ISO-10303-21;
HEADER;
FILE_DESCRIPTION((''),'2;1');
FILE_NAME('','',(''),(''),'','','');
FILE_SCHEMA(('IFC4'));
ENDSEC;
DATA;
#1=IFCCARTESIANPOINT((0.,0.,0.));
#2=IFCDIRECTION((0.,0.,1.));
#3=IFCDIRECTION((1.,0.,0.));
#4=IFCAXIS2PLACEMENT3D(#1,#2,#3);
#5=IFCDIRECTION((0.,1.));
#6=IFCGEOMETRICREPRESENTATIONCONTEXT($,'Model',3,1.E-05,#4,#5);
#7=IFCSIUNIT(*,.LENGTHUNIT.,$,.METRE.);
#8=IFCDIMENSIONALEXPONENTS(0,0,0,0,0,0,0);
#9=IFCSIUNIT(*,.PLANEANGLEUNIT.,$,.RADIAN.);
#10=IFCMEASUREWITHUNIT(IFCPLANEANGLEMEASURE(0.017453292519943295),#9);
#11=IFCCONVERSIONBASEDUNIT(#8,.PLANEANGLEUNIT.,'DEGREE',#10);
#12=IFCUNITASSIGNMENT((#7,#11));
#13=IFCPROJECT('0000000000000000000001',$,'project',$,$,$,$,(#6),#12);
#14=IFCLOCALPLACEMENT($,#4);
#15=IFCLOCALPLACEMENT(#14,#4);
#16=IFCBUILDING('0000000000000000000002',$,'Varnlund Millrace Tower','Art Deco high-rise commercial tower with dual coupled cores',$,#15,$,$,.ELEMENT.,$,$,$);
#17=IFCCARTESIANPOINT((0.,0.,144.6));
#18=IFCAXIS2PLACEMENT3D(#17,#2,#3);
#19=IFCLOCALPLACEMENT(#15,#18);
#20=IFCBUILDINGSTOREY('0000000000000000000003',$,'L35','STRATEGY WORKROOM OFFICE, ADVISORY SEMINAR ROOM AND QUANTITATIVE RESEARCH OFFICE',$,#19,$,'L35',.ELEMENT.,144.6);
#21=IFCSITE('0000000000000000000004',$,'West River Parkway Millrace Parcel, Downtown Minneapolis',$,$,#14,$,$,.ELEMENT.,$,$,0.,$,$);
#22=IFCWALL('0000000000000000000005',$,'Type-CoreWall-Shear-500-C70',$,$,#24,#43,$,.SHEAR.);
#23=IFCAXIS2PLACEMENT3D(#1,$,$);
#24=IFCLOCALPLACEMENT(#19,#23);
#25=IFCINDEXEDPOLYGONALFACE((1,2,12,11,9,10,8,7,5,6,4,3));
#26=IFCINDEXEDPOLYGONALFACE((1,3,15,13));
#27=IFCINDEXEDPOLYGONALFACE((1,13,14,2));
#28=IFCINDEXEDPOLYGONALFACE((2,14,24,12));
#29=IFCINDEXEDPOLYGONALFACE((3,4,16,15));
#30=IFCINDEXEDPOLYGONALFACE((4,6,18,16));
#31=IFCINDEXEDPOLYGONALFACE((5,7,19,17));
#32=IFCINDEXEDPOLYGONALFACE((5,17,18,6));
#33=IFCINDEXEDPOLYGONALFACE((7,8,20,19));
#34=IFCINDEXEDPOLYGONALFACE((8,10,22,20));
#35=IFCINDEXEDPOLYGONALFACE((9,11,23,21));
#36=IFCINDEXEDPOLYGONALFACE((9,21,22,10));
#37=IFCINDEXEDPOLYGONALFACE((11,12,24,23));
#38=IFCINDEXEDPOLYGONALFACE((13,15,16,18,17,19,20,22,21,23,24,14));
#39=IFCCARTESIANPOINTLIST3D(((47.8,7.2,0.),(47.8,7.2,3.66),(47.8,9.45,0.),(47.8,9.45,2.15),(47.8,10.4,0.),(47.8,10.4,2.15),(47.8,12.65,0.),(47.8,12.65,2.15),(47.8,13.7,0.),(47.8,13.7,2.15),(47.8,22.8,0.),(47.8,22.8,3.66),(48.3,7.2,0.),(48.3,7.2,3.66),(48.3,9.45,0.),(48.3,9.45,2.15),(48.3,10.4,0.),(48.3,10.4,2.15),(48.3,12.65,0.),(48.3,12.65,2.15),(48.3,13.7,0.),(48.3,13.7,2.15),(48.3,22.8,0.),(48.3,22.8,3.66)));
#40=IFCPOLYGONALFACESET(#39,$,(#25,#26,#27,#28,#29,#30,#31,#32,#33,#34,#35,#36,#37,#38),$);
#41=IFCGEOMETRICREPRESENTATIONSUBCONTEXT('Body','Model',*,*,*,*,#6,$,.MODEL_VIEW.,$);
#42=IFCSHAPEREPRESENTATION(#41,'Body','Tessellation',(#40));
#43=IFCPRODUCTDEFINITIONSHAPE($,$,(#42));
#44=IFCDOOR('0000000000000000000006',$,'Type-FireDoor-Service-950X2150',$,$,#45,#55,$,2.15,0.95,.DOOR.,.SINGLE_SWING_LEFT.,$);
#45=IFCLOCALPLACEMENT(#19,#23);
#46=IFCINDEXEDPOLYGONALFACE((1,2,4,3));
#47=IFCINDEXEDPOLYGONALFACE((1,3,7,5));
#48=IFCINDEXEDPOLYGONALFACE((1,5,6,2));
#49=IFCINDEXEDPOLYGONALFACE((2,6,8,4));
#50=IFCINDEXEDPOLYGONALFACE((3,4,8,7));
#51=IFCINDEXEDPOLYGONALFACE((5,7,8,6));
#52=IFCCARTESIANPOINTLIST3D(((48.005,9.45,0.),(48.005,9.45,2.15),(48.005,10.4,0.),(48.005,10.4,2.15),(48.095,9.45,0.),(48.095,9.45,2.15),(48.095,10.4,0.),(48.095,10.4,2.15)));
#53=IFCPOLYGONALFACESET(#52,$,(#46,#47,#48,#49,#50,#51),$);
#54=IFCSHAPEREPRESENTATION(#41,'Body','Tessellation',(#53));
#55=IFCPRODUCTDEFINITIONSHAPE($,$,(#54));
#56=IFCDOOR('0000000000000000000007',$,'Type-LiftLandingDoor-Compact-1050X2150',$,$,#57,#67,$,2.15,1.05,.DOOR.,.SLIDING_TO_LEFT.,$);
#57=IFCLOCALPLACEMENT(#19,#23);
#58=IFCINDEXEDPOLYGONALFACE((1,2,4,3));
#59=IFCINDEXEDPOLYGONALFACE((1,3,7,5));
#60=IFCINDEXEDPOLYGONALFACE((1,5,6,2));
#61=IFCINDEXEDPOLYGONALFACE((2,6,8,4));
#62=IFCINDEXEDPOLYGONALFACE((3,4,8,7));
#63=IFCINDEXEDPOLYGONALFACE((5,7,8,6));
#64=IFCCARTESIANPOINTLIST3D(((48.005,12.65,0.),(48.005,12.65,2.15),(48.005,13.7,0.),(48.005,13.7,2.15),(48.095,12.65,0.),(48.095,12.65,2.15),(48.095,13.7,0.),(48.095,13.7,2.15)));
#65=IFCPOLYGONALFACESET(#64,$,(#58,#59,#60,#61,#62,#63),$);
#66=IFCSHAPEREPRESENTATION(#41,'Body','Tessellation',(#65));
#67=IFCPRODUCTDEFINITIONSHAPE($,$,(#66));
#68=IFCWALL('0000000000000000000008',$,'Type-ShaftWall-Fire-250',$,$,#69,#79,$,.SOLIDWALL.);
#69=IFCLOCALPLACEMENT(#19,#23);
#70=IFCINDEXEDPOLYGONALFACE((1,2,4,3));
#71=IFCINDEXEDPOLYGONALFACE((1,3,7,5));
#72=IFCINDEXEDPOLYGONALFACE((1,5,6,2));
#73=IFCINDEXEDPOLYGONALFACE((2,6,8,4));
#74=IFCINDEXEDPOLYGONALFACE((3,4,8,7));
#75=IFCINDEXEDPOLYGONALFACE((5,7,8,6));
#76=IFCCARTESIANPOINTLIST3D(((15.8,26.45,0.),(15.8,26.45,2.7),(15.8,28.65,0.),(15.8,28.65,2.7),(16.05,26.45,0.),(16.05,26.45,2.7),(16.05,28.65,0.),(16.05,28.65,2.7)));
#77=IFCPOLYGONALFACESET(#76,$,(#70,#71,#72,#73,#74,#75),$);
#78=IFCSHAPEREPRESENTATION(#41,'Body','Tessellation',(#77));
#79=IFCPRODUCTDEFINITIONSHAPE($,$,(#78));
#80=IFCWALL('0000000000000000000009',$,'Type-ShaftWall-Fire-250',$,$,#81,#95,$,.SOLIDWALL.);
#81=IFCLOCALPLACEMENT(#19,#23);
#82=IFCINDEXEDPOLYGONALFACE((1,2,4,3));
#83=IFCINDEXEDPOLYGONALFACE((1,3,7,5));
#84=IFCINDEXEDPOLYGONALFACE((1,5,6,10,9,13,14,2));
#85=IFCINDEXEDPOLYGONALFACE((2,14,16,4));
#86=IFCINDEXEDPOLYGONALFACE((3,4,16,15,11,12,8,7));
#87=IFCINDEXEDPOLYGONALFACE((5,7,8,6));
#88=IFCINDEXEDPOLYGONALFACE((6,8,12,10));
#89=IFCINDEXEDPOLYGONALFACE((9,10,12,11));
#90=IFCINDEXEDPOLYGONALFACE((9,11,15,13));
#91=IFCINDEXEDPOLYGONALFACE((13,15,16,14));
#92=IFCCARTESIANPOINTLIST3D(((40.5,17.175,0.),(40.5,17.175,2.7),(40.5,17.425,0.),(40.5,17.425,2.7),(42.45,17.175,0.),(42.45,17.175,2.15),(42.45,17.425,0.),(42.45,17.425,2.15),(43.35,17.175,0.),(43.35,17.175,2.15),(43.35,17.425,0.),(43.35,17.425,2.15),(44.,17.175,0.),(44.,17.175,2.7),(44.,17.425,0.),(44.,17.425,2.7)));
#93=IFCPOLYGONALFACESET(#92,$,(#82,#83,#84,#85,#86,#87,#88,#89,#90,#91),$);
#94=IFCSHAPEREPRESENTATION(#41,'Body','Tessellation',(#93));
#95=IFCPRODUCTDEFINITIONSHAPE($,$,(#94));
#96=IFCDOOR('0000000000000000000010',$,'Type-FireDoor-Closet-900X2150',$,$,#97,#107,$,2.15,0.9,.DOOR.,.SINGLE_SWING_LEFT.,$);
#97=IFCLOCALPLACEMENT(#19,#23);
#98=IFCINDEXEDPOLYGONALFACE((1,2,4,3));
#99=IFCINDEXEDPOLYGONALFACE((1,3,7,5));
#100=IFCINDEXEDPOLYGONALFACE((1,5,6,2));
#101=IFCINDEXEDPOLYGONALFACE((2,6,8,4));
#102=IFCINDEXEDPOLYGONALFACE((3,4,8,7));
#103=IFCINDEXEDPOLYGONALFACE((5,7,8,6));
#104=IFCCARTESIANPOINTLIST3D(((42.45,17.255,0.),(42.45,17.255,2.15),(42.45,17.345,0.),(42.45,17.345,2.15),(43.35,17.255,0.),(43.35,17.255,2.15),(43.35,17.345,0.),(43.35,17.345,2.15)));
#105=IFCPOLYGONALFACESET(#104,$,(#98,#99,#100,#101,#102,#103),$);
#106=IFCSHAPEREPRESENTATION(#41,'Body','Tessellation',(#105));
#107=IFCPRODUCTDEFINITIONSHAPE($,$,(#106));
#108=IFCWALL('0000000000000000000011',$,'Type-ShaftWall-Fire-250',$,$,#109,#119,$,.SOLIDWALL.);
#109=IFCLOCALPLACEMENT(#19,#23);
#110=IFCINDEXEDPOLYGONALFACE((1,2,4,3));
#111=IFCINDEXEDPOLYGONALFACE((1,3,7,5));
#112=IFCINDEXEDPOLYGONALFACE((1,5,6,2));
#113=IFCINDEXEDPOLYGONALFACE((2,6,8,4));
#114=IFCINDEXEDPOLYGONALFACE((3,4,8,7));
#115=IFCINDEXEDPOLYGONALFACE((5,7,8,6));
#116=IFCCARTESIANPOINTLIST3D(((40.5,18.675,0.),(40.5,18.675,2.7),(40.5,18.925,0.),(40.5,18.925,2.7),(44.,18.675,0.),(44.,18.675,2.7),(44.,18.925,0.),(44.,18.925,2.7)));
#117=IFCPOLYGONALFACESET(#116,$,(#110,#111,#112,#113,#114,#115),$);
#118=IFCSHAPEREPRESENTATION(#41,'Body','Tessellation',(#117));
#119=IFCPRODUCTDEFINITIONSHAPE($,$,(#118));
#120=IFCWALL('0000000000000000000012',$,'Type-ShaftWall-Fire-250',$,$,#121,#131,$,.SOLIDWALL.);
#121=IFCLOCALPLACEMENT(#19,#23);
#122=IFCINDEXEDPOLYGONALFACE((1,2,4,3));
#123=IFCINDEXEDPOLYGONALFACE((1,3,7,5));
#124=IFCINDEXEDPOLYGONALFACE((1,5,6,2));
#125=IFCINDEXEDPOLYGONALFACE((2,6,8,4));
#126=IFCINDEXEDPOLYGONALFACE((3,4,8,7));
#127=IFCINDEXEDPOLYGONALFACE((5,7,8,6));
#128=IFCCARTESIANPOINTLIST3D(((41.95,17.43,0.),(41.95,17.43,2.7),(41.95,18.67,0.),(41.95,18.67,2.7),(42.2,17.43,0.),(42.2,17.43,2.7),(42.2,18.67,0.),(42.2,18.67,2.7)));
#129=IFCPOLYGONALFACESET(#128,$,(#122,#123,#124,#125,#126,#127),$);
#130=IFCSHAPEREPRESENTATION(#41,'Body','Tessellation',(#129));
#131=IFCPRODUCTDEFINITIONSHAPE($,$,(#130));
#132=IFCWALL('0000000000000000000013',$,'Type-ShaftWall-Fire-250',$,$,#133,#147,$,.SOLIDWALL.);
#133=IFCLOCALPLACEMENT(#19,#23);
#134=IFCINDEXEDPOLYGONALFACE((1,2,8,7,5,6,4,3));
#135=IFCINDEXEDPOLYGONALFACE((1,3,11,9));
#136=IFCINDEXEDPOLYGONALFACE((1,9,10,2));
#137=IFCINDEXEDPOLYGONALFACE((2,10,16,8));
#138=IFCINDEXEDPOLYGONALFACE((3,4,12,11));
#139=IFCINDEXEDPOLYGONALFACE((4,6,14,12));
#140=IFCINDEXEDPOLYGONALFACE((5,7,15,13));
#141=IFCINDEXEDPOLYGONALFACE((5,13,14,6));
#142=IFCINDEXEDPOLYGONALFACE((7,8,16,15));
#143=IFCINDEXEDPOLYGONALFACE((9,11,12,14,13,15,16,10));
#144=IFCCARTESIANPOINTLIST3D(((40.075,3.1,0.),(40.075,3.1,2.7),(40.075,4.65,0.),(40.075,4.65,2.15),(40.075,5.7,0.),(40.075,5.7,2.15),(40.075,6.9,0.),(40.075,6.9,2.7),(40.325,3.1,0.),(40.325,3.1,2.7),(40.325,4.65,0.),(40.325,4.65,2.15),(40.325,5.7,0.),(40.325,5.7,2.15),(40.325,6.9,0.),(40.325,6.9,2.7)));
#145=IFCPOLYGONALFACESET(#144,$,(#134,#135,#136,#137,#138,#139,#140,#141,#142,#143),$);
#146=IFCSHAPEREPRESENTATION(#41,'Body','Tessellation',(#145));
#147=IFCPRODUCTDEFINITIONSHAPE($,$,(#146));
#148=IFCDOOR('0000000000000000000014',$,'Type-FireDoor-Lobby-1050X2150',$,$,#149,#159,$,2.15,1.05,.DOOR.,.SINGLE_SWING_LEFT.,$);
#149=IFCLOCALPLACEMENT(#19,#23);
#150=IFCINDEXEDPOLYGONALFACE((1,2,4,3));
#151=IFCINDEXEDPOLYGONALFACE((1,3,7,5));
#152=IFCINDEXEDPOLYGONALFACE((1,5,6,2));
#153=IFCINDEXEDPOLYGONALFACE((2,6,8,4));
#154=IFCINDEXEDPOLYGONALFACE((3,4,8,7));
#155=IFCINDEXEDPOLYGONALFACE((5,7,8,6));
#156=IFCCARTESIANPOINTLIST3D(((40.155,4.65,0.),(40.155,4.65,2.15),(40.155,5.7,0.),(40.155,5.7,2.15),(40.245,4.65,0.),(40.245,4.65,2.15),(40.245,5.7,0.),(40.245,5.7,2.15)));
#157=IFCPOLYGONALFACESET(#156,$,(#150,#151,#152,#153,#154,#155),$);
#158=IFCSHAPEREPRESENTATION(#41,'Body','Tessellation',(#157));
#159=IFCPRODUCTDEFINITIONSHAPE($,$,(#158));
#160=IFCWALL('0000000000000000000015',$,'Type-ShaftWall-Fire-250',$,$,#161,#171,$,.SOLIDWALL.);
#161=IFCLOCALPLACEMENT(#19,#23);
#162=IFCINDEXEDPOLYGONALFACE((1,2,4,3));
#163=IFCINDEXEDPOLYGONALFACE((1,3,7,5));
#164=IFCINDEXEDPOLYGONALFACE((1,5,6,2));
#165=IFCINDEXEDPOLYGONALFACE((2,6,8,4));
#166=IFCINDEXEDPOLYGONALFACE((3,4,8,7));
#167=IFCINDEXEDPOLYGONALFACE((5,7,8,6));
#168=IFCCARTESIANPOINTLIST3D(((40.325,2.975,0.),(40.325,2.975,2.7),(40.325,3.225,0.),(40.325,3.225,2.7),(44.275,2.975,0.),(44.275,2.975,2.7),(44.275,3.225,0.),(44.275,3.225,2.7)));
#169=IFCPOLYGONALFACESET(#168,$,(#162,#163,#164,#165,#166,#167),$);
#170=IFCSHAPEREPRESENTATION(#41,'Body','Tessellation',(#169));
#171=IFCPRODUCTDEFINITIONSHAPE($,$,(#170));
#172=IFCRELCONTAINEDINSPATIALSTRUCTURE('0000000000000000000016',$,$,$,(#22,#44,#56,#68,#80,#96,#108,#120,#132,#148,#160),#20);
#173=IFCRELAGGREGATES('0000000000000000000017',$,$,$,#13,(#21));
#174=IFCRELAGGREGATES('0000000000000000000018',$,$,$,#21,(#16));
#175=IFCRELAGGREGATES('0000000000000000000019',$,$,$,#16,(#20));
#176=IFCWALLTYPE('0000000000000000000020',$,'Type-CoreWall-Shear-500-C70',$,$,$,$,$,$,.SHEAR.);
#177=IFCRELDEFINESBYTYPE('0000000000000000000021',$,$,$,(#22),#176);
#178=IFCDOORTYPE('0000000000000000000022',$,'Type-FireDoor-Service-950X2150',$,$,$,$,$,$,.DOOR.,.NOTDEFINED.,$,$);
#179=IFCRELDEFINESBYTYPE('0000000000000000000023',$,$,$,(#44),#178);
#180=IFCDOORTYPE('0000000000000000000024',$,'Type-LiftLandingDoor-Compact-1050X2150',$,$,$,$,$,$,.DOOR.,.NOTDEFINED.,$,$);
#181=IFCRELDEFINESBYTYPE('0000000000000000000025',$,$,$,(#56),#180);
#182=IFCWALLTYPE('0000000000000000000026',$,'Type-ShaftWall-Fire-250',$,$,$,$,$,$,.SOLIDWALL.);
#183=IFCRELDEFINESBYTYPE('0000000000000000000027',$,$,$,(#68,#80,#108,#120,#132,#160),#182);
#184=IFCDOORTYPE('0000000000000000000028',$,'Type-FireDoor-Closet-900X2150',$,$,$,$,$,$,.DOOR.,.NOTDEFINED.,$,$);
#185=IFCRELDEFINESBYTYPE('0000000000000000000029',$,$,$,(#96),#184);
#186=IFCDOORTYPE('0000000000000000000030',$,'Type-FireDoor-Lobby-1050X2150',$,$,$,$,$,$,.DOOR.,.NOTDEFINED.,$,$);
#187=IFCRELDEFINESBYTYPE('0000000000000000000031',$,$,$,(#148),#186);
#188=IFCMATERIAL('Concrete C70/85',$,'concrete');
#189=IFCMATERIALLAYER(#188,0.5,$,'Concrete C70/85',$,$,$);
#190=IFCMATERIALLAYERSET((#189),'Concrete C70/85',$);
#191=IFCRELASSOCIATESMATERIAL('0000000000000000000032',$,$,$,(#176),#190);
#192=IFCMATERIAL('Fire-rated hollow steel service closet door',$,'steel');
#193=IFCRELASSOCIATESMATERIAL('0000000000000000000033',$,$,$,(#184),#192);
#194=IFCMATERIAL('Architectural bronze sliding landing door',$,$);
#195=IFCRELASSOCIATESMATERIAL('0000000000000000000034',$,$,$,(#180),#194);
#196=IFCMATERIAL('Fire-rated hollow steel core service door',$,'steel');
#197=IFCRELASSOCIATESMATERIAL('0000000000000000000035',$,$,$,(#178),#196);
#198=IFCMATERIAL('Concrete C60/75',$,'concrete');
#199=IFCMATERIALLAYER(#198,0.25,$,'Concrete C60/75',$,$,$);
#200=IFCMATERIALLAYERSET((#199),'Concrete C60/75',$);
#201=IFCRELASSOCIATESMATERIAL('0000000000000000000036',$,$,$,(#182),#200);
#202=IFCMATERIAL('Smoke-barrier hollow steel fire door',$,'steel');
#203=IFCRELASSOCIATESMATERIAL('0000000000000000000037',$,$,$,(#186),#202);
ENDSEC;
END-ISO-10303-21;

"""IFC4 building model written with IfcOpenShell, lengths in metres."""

from ifc_helpers import new_model, entity, si_unit, converted_unit, direction, frame, origin_with_axes, origin_2d_with_axis, place, context, subcontext, project, spatial, polyline, rectangle, outline, extrude, material, layer, layer_set, type_object, element, fill, save


model = new_model("IFC4")

# Units and contexts
model_context = context("Model", 3, precision=1e-05, world=origin_with_axes(), true_north=direction((0.0, 1.0)))
body_context = subcontext(model_context, "Body", "Model", "MODEL_VIEW")
ifc_project = project(units=[si_unit("LENGTHUNIT", "METRE"), converted_unit("PLANEANGLEUNIT", "DEGREE", entity("IfcPlaneAngleMeasure", 0.017453292519943295), si_unit("PLANEANGLEUNIT", "RADIAN"), dimensions=[0, 0, 0, 0, 0, 0, 0])], contexts=[model_context])

# Site, building, storey
site_placement = place(None, origin_with_axes())
site = spatial("IfcSite", under=ifc_project, at=site_placement, Name="West River Parkway Millrace Parcel, Downtown Minneapolis", CompositionType="ELEMENT", RefElevation=0.0)
building_placement = place(site_placement, origin_with_axes())
building = spatial("IfcBuilding", under=site, at=building_placement, Name="Varnlund Millrace Tower", Description="Art Deco high-rise commercial tower with dual coupled cores", CompositionType="ELEMENT")
storey_placement = place(building_placement, frame((0.0, 0.0, 144.6), z_axis=(0.0, 0.0, 1.0), x_axis=(1.0, 0.0, 0.0)))
storey = spatial("IfcBuildingStorey", under=building, at=storey_placement, Name="L35", Description="STRATEGY WORKROOM OFFICE, ADVISORY SEMINAR ROOM AND QUANTITATIVE RESEARCH OFFICE", LongName="L35", CompositionType="ELEMENT", Elevation=144.6)

# Shared definitions
ifc_material_1 = material(Name="Concrete C70/85", Category="concrete")
ifc_layer_1 = layer(ifc_material_1, 0.5, Name="Concrete C70/85")
ifc_layer_set_1 = layer_set([ifc_layer_1], Name="Concrete C70/85")
wall_type_1 = type_object("IfcWallType", Name="Type-CoreWall-Shear-500-C70", PredefinedType="SHEAR", material=ifc_layer_set_1)
ifc_material_2 = material(Name="Fire-rated hollow steel service closet door", Category="steel")
door_type_1 = type_object("IfcDoorType", Name="Type-FireDoor-Closet-900X2150", OperationType="NOTDEFINED", PredefinedType="DOOR", material=ifc_material_2)
ifc_material_3 = material(Name="Architectural bronze sliding landing door")
door_type_2 = type_object("IfcDoorType", Name="Type-LiftLandingDoor-Compact-1050X2150", OperationType="NOTDEFINED", PredefinedType="DOOR", material=ifc_material_3)

# Wall, openings, doors
wall_1_placement = place(storey_placement, frame((48.05, 7.2, 0.0), z_axis=(0.0, 0.0, 1.0), x_axis=(0.0, 1.0, 0.0)))
wall_1 = element("IfcWall", 1, at=wall_1_placement, inside=storey, type_object=wall_type_1, Name="Type-CoreWall-Shear-500-C70", PredefinedType="SHEAR", context=body_context, shape_type="SweptSolid", body=[
    extrude(outline(polyline([(0.0, -0.25), (15.6, -0.25), (15.6, 0.25), (0.0, 0.25), (0.0, -0.25)])), origin_with_axes(), (0.0, 0.0, 1.0), 3.66),
])
opening_1_placement = place(wall_1_placement, frame((5.975, 0.0, 0.0), z_axis=(0.0, 0.0, 1.0), x_axis=(1.0, 0.0, 0.0)))
opening_1 = element("IfcOpeningElement", 2, at=opening_1_placement, cuts=wall_1, PredefinedType="OPENING", context=body_context, shape_type="SweptSolid", body=[
    extrude(rectangle(XDim=1.05, YDim=0.52, at=origin_2d_with_axis()), origin_with_axes(), (0.0, 0.0, 1.0), 2.15),
])
opening_2_placement = place(wall_1_placement, frame((2.725, 0.0, 0.0), z_axis=(0.0, 0.0, 1.0), x_axis=(1.0, 0.0, 0.0)))
opening_2 = element("IfcOpeningElement", 3, at=opening_2_placement, cuts=wall_1, PredefinedType="OPENING", context=body_context, shape_type="SweptSolid", body=[
    extrude(rectangle(XDim=0.95, YDim=0.52, at=origin_2d_with_axis()), origin_with_axes(), (0.0, 0.0, 1.0), 2.15),
])
ifc_material_4 = material(Name="Fire-rated hollow steel core service door", Category="steel")
door_type_3 = type_object("IfcDoorType", Name="Type-FireDoor-Service-950X2150", OperationType="NOTDEFINED", PredefinedType="DOOR", material=ifc_material_4)
door_1_placement = place(wall_1_placement, frame((2.725, 0.0, 0.0), z_axis=(0.0, 0.0, 1.0), x_axis=(1.0, 0.0, 0.0)))
door_1 = element("IfcDoor", 4, at=door_1_placement, inside=storey, type_object=door_type_3, Name="Type-FireDoor-Service-950X2150", OperationType="SINGLE_SWING_LEFT", OverallHeight=2.15, OverallWidth=0.95, PredefinedType="DOOR", context=body_context, shape_type="SweptSolid", body=[
    extrude(rectangle(XDim=0.95, YDim=0.09, at=origin_2d_with_axis()), origin_with_axes(), (0.0, 0.0, 1.0), 2.15),
])
fill(opening_2, door_1)
door_2_placement = place(wall_1_placement, frame((5.975, 0.0, 0.0), z_axis=(0.0, 0.0, 1.0), x_axis=(1.0, 0.0, 0.0)))
door_2 = element("IfcDoor", 5, at=door_2_placement, inside=storey, type_object=door_type_2, Name="Type-LiftLandingDoor-Compact-1050X2150", OperationType="SLIDING_TO_LEFT", OverallHeight=2.15, OverallWidth=1.05, PredefinedType="DOOR", context=body_context, shape_type="SweptSolid", body=[
    extrude(rectangle(XDim=1.05, YDim=0.09, at=origin_2d_with_axis()), origin_with_axes(), (0.0, 0.0, 1.0), 2.15),
])
fill(opening_1, door_2)

# Wall
ifc_material_5 = material(Name="Concrete C60/75", Category="concrete")
ifc_layer_2 = layer(ifc_material_5, 0.25, Name="Concrete C60/75")
ifc_layer_set_2 = layer_set([ifc_layer_2], Name="Concrete C60/75")
wall_type_2 = type_object("IfcWallType", Name="Type-ShaftWall-Fire-250", PredefinedType="SOLIDWALL", material=ifc_layer_set_2)
wall_2_placement = place(storey_placement, frame((15.925, 26.45, 0.0), z_axis=(0.0, 0.0, 1.0), x_axis=(0.0, 1.0, 0.0)))
element("IfcWall", 6, at=wall_2_placement, inside=storey, type_object=wall_type_2, Name="Type-ShaftWall-Fire-250", PredefinedType="SOLIDWALL", context=body_context, shape_type="SweptSolid", body=[
    extrude(outline(polyline([(0.0, -0.125), (2.2, -0.125), (2.2, 0.125), (0.0, 0.125), (0.0, -0.125)])), origin_with_axes(), (0.0, 0.0, 1.0), 2.7),
])

# Wall, opening, door
wall_3_placement = place(storey_placement, frame((40.5, 17.3, 0.0), z_axis=(0.0, 0.0, 1.0), x_axis=(1.0, 0.0, 0.0)))
wall_3 = element("IfcWall", 7, at=wall_3_placement, inside=storey, type_object=wall_type_2, Name="Type-ShaftWall-Fire-250", PredefinedType="SOLIDWALL", context=body_context, shape_type="SweptSolid", body=[
    extrude(outline(polyline([(0.0, -0.125), (3.5, -0.125), (3.5, 0.125), (0.0, 0.125), (0.0, -0.125)])), origin_with_axes(), (0.0, 0.0, 1.0), 2.7),
])
opening_3_placement = place(wall_3_placement, frame((2.4, 0.0, 0.0), z_axis=(0.0, 0.0, 1.0), x_axis=(1.0, 0.0, 0.0)))
opening_3 = element("IfcOpeningElement", 8, at=opening_3_placement, cuts=wall_3, PredefinedType="OPENING", context=body_context, shape_type="SweptSolid", body=[
    extrude(rectangle(XDim=0.9, YDim=0.27, at=origin_2d_with_axis()), origin_with_axes(), (0.0, 0.0, 1.0), 2.15),
])
door_3_placement = place(wall_3_placement, frame((2.4, 0.0, 0.0), z_axis=(0.0, 0.0, 1.0), x_axis=(1.0, 0.0, 0.0)))
door_3 = element("IfcDoor", 9, at=door_3_placement, inside=storey, type_object=door_type_1, Name="Type-FireDoor-Closet-900X2150", OperationType="SINGLE_SWING_LEFT", OverallHeight=2.15, OverallWidth=0.9, PredefinedType="DOOR", context=body_context, shape_type="SweptSolid", body=[
    extrude(rectangle(XDim=0.9, YDim=0.09, at=origin_2d_with_axis()), origin_with_axes(), (0.0, 0.0, 1.0), 2.15),
])
fill(opening_3, door_3)

# Walls
wall_4_placement = place(storey_placement, frame((40.5, 18.8, 0.0), z_axis=(0.0, 0.0, 1.0), x_axis=(1.0, 0.0, 0.0)))
element("IfcWall", 10, at=wall_4_placement, inside=storey, type_object=wall_type_2, Name="Type-ShaftWall-Fire-250", PredefinedType="SOLIDWALL", context=body_context, shape_type="SweptSolid", body=[
    extrude(outline(polyline([(0.0, -0.125), (3.5, -0.125), (3.5, 0.125), (0.0, 0.125), (0.0, -0.125)])), origin_with_axes(), (0.0, 0.0, 1.0), 2.7),
])
wall_5_placement = place(storey_placement, frame((42.075, 17.43, 0.0), z_axis=(0.0, 0.0, 1.0), x_axis=(0.0, 1.0, 0.0)))
element("IfcWall", 11, at=wall_5_placement, inside=storey, type_object=wall_type_2, Name="Type-ShaftWall-Fire-250", PredefinedType="SOLIDWALL", context=body_context, shape_type="SweptSolid", body=[
    extrude(outline(polyline([(0.0, -0.125), (1.24, -0.125), (1.24, 0.125), (0.0, 0.125), (0.0, -0.125)])), origin_with_axes(), (0.0, 0.0, 1.0), 2.7),
])

# Wall, opening, door
wall_6_placement = place(storey_placement, frame((40.2, 3.1, 0.0), z_axis=(0.0, 0.0, 1.0), x_axis=(0.0, 1.0, 0.0)))
wall_6 = element("IfcWall", 12, at=wall_6_placement, inside=storey, type_object=wall_type_2, Name="Type-ShaftWall-Fire-250", PredefinedType="SOLIDWALL", context=body_context, shape_type="SweptSolid", body=[
    extrude(outline(polyline([(0.0, -0.125), (3.8, -0.125), (3.8, 0.125), (0.0, 0.125), (0.0, -0.125)])), origin_with_axes(), (0.0, 0.0, 1.0), 2.7),
])
opening_4_placement = place(wall_6_placement, frame((2.075, 0.0, 0.0), z_axis=(0.0, 0.0, 1.0), x_axis=(1.0, 0.0, 0.0)))
opening_4 = element("IfcOpeningElement", 13, at=opening_4_placement, cuts=wall_6, PredefinedType="OPENING", context=body_context, shape_type="SweptSolid", body=[
    extrude(rectangle(XDim=1.05, YDim=0.27, at=origin_2d_with_axis()), origin_with_axes(), (0.0, 0.0, 1.0), 2.15),
])
ifc_material_6 = material(Name="Smoke-barrier hollow steel fire door", Category="steel")
door_type_4 = type_object("IfcDoorType", Name="Type-FireDoor-Lobby-1050X2150", OperationType="NOTDEFINED", PredefinedType="DOOR", material=ifc_material_6)
door_4_placement = place(wall_6_placement, frame((2.075, 0.0, 0.0), z_axis=(0.0, 0.0, 1.0), x_axis=(1.0, 0.0, 0.0)))
door_4 = element("IfcDoor", 14, at=door_4_placement, inside=storey, type_object=door_type_4, Name="Type-FireDoor-Lobby-1050X2150", OperationType="SINGLE_SWING_LEFT", OverallHeight=2.15, OverallWidth=1.05, PredefinedType="DOOR", context=body_context, shape_type="SweptSolid", body=[
    extrude(rectangle(XDim=1.05, YDim=0.09, at=origin_2d_with_axis()), origin_with_axes(), (0.0, 0.0, 1.0), 2.15),
])
fill(opening_4, door_4)

# Wall
wall_7_placement = place(storey_placement, frame((40.325, 3.1, 0.0), z_axis=(0.0, 0.0, 1.0), x_axis=(1.0, 0.0, 0.0)))
element("IfcWall", 15, at=wall_7_placement, inside=storey, type_object=wall_type_2, Name="Type-ShaftWall-Fire-250", PredefinedType="SOLIDWALL", context=body_context, shape_type="SweptSolid", body=[
    extrude(outline(polyline([(0.0, -0.125), (3.95, -0.125), (3.95, 0.125), (0.0, 0.125), (0.0, -0.125)])), origin_with_axes(), (0.0, 0.0, 1.0), 2.7),
])

save(model, "model.ifc")
